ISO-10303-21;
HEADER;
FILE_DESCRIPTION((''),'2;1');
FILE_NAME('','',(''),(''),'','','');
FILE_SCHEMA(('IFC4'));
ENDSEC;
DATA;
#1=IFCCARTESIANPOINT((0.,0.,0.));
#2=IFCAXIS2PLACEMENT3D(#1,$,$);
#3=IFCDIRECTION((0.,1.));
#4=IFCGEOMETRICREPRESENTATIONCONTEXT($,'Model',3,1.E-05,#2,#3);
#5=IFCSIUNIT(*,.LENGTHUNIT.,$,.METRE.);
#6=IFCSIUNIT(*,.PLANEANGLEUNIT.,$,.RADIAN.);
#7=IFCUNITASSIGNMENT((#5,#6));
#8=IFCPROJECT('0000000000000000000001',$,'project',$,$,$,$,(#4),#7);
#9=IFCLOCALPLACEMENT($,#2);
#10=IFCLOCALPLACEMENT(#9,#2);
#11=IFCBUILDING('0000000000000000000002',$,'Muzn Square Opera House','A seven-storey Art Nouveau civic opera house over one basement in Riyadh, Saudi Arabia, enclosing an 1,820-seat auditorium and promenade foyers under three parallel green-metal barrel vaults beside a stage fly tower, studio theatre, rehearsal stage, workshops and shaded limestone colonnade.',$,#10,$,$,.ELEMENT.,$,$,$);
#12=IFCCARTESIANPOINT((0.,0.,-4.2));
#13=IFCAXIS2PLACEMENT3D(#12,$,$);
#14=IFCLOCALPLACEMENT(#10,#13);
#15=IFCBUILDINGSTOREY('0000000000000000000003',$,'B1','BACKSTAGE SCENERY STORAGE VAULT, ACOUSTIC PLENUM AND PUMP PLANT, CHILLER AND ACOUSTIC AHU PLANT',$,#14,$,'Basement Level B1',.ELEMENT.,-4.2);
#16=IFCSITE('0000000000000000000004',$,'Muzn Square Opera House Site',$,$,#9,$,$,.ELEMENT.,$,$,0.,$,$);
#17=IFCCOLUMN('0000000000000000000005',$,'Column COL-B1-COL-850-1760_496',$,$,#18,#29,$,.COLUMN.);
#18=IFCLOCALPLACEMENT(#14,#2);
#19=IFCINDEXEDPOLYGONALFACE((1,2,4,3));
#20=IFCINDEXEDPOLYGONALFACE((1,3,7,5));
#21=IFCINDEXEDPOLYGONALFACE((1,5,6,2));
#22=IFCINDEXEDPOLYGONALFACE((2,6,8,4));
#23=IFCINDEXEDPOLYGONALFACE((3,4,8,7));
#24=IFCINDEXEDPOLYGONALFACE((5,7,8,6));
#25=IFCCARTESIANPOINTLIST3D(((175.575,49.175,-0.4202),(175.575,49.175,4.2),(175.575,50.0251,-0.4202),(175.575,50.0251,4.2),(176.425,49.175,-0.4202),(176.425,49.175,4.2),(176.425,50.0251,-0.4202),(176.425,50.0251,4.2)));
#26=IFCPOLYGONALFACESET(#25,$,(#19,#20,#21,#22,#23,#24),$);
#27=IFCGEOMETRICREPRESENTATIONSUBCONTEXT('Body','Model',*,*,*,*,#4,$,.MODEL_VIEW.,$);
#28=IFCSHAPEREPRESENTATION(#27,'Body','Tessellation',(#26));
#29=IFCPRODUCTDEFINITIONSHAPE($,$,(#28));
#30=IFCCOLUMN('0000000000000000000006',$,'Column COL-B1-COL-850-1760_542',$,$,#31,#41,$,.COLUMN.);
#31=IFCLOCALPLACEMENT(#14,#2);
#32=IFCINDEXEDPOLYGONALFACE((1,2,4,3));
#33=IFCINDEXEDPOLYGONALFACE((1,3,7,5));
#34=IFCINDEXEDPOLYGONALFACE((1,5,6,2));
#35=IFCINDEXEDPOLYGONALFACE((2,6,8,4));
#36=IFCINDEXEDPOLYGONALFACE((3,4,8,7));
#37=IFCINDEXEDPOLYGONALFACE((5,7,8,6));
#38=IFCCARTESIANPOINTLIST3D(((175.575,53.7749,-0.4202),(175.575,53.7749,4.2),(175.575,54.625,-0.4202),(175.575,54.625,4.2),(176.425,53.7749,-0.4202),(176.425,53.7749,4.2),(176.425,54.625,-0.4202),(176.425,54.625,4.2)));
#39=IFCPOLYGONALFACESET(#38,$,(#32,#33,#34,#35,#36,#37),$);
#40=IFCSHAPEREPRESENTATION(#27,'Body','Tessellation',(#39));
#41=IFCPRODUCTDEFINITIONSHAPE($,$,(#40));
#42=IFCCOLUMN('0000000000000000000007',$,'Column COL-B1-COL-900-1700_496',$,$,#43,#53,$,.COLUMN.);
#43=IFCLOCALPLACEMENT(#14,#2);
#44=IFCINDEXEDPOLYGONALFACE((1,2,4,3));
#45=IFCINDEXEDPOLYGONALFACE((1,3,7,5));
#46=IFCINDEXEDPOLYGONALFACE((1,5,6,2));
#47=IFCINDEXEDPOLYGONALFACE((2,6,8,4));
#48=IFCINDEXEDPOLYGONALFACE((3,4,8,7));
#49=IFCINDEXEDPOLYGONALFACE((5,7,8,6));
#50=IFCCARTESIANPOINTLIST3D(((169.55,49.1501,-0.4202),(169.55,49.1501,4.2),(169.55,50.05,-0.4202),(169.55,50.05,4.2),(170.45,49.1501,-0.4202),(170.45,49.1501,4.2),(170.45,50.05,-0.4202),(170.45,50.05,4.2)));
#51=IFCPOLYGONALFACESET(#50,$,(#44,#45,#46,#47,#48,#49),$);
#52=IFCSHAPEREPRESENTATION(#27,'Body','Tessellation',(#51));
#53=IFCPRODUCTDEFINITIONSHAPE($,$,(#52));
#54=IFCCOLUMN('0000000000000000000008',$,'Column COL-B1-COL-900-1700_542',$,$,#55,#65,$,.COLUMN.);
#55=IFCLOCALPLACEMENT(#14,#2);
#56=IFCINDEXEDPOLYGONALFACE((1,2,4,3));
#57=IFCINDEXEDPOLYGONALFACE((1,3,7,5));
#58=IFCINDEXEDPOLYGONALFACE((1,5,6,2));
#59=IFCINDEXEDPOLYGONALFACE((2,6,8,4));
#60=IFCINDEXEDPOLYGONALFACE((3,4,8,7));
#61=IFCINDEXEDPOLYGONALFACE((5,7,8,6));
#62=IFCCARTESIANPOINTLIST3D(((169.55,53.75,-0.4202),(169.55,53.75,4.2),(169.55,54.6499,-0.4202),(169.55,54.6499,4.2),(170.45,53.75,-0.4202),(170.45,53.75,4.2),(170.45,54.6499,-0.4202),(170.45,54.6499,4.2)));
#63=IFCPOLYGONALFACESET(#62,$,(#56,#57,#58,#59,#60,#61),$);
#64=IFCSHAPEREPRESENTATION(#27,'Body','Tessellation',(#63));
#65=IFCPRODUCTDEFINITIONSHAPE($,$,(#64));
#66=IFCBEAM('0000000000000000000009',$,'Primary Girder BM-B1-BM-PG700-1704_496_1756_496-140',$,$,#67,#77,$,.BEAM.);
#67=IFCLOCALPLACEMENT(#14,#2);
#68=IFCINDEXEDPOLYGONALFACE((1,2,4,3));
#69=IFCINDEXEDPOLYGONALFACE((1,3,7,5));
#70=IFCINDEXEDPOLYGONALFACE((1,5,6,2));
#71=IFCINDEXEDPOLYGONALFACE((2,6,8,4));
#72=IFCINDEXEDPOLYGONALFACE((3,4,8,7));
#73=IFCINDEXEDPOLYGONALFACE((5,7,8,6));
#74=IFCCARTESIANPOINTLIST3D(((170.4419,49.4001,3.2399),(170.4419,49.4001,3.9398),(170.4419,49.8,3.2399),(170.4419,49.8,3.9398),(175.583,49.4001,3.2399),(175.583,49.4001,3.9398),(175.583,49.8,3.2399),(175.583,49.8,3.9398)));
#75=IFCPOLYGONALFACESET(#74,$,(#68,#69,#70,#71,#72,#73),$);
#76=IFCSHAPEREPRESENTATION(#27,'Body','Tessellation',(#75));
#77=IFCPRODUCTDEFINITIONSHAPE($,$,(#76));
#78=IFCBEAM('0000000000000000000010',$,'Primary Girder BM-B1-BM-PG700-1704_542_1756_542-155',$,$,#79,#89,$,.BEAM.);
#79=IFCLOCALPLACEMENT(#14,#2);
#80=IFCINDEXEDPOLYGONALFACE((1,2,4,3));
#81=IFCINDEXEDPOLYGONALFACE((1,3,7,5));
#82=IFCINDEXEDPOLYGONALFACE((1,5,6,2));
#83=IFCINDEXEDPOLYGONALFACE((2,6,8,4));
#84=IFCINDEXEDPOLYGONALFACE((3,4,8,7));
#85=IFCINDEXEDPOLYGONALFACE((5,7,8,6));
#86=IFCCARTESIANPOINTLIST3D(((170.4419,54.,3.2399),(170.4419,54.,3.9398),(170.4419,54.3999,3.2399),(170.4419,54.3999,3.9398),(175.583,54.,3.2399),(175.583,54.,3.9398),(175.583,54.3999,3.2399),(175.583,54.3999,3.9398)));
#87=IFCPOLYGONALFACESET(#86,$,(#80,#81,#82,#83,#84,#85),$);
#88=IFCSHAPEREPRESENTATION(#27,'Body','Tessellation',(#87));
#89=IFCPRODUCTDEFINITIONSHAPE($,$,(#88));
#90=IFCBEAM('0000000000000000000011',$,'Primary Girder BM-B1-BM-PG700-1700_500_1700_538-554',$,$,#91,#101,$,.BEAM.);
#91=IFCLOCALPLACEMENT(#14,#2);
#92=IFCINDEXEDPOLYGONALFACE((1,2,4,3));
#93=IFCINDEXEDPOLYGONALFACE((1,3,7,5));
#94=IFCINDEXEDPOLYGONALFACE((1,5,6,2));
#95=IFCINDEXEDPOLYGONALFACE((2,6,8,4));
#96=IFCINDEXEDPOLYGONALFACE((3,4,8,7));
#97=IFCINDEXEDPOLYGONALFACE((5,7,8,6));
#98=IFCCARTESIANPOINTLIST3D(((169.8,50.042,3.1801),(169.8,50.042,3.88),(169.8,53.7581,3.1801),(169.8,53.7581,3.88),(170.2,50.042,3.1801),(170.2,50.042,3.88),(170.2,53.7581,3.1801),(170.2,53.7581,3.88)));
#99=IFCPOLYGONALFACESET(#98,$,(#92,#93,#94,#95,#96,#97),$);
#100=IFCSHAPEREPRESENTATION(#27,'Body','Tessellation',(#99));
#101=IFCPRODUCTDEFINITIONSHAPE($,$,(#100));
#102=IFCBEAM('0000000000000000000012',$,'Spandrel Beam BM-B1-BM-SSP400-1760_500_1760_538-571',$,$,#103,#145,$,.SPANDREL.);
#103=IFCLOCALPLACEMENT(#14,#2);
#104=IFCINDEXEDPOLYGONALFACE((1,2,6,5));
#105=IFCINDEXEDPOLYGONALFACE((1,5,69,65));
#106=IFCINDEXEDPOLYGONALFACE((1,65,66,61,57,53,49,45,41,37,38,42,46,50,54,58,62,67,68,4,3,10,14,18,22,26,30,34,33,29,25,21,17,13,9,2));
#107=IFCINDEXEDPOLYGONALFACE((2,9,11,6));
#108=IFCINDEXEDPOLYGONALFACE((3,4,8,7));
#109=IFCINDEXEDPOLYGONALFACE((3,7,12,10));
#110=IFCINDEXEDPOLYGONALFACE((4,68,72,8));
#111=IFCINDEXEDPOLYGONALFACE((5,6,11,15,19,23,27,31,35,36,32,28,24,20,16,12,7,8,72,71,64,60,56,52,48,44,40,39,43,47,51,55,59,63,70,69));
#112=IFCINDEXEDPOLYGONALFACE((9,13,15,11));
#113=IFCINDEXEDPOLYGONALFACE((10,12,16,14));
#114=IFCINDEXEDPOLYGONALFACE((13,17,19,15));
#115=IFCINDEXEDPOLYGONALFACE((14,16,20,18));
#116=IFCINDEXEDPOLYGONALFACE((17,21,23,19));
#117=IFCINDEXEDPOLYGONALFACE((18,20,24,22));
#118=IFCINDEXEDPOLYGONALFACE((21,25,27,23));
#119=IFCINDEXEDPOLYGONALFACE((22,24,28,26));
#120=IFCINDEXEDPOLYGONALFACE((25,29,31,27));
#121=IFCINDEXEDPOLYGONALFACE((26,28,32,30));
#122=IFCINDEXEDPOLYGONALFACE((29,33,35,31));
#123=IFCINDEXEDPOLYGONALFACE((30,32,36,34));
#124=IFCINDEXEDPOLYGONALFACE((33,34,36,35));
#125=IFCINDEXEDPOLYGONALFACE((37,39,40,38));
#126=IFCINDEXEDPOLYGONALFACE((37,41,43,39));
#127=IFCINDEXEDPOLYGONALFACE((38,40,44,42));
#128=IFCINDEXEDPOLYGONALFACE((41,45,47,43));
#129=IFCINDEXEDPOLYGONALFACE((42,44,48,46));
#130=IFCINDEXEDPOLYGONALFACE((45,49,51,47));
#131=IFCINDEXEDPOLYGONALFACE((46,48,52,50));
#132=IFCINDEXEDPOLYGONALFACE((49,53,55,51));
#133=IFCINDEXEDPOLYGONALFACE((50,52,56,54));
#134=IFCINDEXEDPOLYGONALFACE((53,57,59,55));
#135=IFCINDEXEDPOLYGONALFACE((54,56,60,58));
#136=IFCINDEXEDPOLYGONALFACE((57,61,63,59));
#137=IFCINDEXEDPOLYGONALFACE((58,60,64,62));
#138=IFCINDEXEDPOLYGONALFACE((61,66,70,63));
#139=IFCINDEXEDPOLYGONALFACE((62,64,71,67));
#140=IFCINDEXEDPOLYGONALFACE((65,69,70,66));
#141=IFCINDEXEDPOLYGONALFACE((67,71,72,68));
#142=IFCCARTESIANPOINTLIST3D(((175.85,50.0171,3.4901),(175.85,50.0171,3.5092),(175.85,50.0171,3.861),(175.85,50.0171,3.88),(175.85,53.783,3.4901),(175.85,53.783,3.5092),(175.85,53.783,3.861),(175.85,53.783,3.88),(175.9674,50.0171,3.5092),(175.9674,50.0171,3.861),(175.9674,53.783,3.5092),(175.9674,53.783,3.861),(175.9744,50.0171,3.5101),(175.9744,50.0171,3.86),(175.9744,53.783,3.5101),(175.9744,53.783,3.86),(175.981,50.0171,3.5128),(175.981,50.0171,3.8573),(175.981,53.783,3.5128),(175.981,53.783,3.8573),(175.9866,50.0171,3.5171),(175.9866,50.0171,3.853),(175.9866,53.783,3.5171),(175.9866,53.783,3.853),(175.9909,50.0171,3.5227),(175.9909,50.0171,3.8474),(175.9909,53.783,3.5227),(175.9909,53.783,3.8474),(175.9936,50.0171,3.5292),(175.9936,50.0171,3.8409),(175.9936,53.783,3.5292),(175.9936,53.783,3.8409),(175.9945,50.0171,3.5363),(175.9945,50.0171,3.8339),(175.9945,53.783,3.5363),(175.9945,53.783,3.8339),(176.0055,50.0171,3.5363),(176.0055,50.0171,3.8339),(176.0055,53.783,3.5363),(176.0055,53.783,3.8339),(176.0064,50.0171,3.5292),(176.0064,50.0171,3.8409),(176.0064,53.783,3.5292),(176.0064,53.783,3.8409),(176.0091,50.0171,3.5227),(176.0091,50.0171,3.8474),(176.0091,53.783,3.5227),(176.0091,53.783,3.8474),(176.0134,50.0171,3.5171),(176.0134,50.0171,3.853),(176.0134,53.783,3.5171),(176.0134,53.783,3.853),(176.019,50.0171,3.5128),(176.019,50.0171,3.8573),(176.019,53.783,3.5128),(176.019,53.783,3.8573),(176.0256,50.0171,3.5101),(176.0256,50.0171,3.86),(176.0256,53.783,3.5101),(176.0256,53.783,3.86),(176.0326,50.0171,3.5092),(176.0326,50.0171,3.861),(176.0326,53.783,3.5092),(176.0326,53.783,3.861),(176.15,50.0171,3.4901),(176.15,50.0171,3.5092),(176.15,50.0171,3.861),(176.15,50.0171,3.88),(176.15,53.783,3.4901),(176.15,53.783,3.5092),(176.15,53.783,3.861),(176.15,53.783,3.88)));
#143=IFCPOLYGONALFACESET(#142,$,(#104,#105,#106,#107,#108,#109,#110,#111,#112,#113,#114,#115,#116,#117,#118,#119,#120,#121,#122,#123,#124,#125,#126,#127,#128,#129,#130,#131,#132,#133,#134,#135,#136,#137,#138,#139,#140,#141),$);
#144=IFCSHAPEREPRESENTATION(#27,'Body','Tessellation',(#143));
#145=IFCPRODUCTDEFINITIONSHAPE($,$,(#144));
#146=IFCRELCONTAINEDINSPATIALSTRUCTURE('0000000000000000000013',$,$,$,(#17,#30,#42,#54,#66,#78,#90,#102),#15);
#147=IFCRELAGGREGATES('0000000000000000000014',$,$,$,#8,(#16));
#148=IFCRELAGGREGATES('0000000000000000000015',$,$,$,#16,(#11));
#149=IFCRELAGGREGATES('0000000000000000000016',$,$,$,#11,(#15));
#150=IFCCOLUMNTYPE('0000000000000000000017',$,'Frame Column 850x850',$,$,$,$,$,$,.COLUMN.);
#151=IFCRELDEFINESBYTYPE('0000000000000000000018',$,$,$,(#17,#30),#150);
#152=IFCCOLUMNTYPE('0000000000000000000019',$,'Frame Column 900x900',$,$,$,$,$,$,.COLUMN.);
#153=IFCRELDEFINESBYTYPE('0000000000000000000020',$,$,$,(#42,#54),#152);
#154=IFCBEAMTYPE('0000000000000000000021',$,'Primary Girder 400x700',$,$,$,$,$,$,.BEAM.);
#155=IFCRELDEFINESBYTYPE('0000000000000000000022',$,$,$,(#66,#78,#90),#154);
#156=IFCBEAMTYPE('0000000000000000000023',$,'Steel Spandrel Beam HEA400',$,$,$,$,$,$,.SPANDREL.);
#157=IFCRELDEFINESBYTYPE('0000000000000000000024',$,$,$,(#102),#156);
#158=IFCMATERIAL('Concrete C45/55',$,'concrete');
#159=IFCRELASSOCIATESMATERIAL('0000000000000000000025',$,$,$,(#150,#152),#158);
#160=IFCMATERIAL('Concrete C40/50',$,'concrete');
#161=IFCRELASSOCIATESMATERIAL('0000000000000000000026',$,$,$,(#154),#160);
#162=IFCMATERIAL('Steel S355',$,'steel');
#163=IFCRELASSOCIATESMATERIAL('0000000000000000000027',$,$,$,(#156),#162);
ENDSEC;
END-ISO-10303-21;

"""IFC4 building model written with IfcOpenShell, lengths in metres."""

from ifc_helpers import new_model, si_unit, direction, frame, origin, origin_2d, place, context, subcontext, project, spatial, rectangle, i_section, extrude, material, material_profile, profile_set, type_object, element, save


model = new_model("IFC4")

# Units and contexts
model_context = context("Model", 3, precision=1e-05, world=origin(), true_north=direction((0.0, 1.0)))
body_context = subcontext(model_context, "Body", "Model", "MODEL_VIEW")
ifc_project = project(units=[si_unit("LENGTHUNIT", "METRE"), si_unit("PLANEANGLEUNIT", "RADIAN")], contexts=[model_context])

# Site, building, storey
site_placement = place(None, origin())
site = spatial("IfcSite", under=ifc_project, at=site_placement, Name="Muzn Square Opera House Site", CompositionType="ELEMENT", RefElevation=0.0)
building_placement = place(site_placement, origin())
building = spatial("IfcBuilding", under=site, at=building_placement, Name="Muzn Square Opera House", Description="A seven-storey Art Nouveau civic opera house over one basement in Riyadh, Saudi Arabia, enclosing an 1,820-seat auditorium and promenade foyers under three parallel green-metal barrel vaults beside a stage fly tower, studio theatre, rehearsal stage, workshops and shaded limestone colonnade.", CompositionType="ELEMENT")
storey_placement = place(building_placement, frame((0.0, 0.0, -4.2)))
storey = spatial("IfcBuildingStorey", under=building, at=storey_placement, Name="B1", Description="BACKSTAGE SCENERY STORAGE VAULT, ACOUSTIC PLENUM AND PUMP PLANT, CHILLER AND ACOUSTIC AHU PLANT", LongName="Basement Level B1", CompositionType="ELEMENT", Elevation=-4.2)

# Shared definitions
ifc_material_1 = material(Name="Concrete C40/50", Category="concrete")

# Columns
ifc_material_2 = material(Name="Concrete C45/55", Category="concrete")
ifc_material_profile_1 = material_profile(ifc_material_2, rectangle(XDim=0.8501, YDim=0.8501, at=origin_2d()), Name="RC 850x850", Category="concrete")
ifc_profile_set_1 = profile_set([ifc_material_profile_1], Name="Concrete C45/55")
column_type_1 = type_object("IfcColumnType", Name="Frame Column 850x850", PredefinedType="COLUMN", material=ifc_profile_set_1)
for number, where, z_axis, x_axis, name in (
    (1, (176.0, 49.6001, -0.4202), (0.0, 0.0, 1.0), (1.0, 0.0, 0.0), "Column COL-B1-COL-850-1760_496"),
    (2, (176.0, 54.2, -0.4202), (0.0, 0.0, 1.0), (1.0, 0.0, 0.0), "Column COL-B1-COL-850-1760_542"),
):
    element("IfcColumn", number, at=place(storey_placement, frame(where, z_axis=z_axis, x_axis=x_axis)), inside=storey, type_object=column_type_1, Name=name, PredefinedType="COLUMN", context=body_context, shape_type="SweptSolid", body=[
        extrude(rectangle(XDim=0.8501, YDim=0.8501, at=origin_2d()), origin(), (0.0, 0.0, 1.0), 4.6201),
    ])
ifc_material_profile_2 = material_profile(ifc_material_2, rectangle(XDim=0.8999, YDim=0.8999, at=origin_2d()), Name="RC 900x900", Category="concrete")
ifc_profile_set_2 = profile_set([ifc_material_profile_2], Name="Concrete C45/55")
column_type_2 = type_object("IfcColumnType", Name="Frame Column 900x900", PredefinedType="COLUMN", material=ifc_profile_set_2)
for number, where, z_axis, x_axis, name in (
    (3, (170.0, 49.6001, -0.4202), (0.0, 0.0, 1.0), (1.0, 0.0, 0.0), "Column COL-B1-COL-900-1700_496"),
    (4, (170.0, 54.2, -0.4202), (0.0, 0.0, 1.0), (1.0, 0.0, 0.0), "Column COL-B1-COL-900-1700_542"),
):
    element("IfcColumn", number, at=place(storey_placement, frame(where, z_axis=z_axis, x_axis=x_axis)), inside=storey, type_object=column_type_2, Name=name, PredefinedType="COLUMN", context=body_context, shape_type="SweptSolid", body=[
        extrude(rectangle(XDim=0.8999, YDim=0.8999, at=origin_2d()), origin(), (0.0, 0.0, 1.0), 4.6201),
    ])

# Beams
ifc_material_profile_3 = material_profile(ifc_material_1, rectangle(XDim=0.3999, YDim=0.7, at=origin_2d()), Name="RCB 400x700", Category="concrete")
ifc_profile_set_3 = profile_set([ifc_material_profile_3], Name="Concrete C40/50")
beam_type_1 = type_object("IfcBeamType", Name="Primary Girder 400x700", PredefinedType="BEAM", material=ifc_profile_set_3)
for number, where, z_axis, x_axis, name in (
    (5, (170.4419, 49.6001, 3.5898), (1.0, 0.0, 0.0), (0.0, 1.0, 0.0), "Primary Girder BM-B1-BM-PG700-1704_496_1756_496-140"),
    (6, (170.4419, 54.2, 3.5898), (1.0, 0.0, 0.0), (0.0, 1.0, 0.0), "Primary Girder BM-B1-BM-PG700-1704_542_1756_542-155"),
):
    element("IfcBeam", number, at=place(storey_placement, frame(where, z_axis=z_axis, x_axis=x_axis)), inside=storey, type_object=beam_type_1, Name=name, PredefinedType="BEAM", context=body_context, shape_type="SweptSolid", body=[
        extrude(rectangle(XDim=0.3999, YDim=0.7, at=origin_2d()), origin(), (0.0, 0.0, 1.0), 5.1411),
    ])
beam_1_placement = place(storey_placement, frame((170.0, 50.042, 3.53), z_axis=(0.0, 1.0, 0.0), x_axis=(-1.0, 0.0, 0.0)))
element("IfcBeam", 7, at=beam_1_placement, inside=storey, type_object=beam_type_1, Name="Primary Girder BM-B1-BM-PG700-1700_500_1700_538-554", PredefinedType="BEAM", context=body_context, shape_type="SweptSolid", body=[
    extrude(rectangle(XDim=0.3999, YDim=0.7, at=origin_2d()), origin(), (0.0, 0.0, 1.0), 3.7161),
])
ifc_material_3 = material(Name="Steel S355", Category="steel")
ifc_material_profile_4 = material_profile(ifc_material_3, i_section(OverallWidth=0.3, OverallDepth=0.3899, WebThickness=0.011, FlangeThickness=0.019, FilletRadius=0.0271, at=origin_2d()), Name="HEA 400", Category="steel")
ifc_profile_set_4 = profile_set([ifc_material_profile_4], Name="Steel S355")
beam_type_2 = type_object("IfcBeamType", Name="Steel Spandrel Beam HEA400", PredefinedType="SPANDREL", material=ifc_profile_set_4)
beam_2_placement = place(storey_placement, frame((176.0, 50.0171, 3.6851), z_axis=(0.0, 1.0, 0.0), x_axis=(-1.0, 0.0, 0.0)))
element("IfcBeam", 8, at=beam_2_placement, inside=storey, type_object=beam_type_2, Name="Spandrel Beam BM-B1-BM-SSP400-1760_500_1760_538-571", PredefinedType="SPANDREL", context=body_context, shape_type="SweptSolid", body=[
    extrude(i_section(OverallWidth=0.3, OverallDepth=0.3899, WebThickness=0.011, FlangeThickness=0.019, FilletRadius=0.0271, at=origin_2d()), origin(), (0.0, 0.0, 1.0), 3.7659),
])

save(model, "model.ifc")
